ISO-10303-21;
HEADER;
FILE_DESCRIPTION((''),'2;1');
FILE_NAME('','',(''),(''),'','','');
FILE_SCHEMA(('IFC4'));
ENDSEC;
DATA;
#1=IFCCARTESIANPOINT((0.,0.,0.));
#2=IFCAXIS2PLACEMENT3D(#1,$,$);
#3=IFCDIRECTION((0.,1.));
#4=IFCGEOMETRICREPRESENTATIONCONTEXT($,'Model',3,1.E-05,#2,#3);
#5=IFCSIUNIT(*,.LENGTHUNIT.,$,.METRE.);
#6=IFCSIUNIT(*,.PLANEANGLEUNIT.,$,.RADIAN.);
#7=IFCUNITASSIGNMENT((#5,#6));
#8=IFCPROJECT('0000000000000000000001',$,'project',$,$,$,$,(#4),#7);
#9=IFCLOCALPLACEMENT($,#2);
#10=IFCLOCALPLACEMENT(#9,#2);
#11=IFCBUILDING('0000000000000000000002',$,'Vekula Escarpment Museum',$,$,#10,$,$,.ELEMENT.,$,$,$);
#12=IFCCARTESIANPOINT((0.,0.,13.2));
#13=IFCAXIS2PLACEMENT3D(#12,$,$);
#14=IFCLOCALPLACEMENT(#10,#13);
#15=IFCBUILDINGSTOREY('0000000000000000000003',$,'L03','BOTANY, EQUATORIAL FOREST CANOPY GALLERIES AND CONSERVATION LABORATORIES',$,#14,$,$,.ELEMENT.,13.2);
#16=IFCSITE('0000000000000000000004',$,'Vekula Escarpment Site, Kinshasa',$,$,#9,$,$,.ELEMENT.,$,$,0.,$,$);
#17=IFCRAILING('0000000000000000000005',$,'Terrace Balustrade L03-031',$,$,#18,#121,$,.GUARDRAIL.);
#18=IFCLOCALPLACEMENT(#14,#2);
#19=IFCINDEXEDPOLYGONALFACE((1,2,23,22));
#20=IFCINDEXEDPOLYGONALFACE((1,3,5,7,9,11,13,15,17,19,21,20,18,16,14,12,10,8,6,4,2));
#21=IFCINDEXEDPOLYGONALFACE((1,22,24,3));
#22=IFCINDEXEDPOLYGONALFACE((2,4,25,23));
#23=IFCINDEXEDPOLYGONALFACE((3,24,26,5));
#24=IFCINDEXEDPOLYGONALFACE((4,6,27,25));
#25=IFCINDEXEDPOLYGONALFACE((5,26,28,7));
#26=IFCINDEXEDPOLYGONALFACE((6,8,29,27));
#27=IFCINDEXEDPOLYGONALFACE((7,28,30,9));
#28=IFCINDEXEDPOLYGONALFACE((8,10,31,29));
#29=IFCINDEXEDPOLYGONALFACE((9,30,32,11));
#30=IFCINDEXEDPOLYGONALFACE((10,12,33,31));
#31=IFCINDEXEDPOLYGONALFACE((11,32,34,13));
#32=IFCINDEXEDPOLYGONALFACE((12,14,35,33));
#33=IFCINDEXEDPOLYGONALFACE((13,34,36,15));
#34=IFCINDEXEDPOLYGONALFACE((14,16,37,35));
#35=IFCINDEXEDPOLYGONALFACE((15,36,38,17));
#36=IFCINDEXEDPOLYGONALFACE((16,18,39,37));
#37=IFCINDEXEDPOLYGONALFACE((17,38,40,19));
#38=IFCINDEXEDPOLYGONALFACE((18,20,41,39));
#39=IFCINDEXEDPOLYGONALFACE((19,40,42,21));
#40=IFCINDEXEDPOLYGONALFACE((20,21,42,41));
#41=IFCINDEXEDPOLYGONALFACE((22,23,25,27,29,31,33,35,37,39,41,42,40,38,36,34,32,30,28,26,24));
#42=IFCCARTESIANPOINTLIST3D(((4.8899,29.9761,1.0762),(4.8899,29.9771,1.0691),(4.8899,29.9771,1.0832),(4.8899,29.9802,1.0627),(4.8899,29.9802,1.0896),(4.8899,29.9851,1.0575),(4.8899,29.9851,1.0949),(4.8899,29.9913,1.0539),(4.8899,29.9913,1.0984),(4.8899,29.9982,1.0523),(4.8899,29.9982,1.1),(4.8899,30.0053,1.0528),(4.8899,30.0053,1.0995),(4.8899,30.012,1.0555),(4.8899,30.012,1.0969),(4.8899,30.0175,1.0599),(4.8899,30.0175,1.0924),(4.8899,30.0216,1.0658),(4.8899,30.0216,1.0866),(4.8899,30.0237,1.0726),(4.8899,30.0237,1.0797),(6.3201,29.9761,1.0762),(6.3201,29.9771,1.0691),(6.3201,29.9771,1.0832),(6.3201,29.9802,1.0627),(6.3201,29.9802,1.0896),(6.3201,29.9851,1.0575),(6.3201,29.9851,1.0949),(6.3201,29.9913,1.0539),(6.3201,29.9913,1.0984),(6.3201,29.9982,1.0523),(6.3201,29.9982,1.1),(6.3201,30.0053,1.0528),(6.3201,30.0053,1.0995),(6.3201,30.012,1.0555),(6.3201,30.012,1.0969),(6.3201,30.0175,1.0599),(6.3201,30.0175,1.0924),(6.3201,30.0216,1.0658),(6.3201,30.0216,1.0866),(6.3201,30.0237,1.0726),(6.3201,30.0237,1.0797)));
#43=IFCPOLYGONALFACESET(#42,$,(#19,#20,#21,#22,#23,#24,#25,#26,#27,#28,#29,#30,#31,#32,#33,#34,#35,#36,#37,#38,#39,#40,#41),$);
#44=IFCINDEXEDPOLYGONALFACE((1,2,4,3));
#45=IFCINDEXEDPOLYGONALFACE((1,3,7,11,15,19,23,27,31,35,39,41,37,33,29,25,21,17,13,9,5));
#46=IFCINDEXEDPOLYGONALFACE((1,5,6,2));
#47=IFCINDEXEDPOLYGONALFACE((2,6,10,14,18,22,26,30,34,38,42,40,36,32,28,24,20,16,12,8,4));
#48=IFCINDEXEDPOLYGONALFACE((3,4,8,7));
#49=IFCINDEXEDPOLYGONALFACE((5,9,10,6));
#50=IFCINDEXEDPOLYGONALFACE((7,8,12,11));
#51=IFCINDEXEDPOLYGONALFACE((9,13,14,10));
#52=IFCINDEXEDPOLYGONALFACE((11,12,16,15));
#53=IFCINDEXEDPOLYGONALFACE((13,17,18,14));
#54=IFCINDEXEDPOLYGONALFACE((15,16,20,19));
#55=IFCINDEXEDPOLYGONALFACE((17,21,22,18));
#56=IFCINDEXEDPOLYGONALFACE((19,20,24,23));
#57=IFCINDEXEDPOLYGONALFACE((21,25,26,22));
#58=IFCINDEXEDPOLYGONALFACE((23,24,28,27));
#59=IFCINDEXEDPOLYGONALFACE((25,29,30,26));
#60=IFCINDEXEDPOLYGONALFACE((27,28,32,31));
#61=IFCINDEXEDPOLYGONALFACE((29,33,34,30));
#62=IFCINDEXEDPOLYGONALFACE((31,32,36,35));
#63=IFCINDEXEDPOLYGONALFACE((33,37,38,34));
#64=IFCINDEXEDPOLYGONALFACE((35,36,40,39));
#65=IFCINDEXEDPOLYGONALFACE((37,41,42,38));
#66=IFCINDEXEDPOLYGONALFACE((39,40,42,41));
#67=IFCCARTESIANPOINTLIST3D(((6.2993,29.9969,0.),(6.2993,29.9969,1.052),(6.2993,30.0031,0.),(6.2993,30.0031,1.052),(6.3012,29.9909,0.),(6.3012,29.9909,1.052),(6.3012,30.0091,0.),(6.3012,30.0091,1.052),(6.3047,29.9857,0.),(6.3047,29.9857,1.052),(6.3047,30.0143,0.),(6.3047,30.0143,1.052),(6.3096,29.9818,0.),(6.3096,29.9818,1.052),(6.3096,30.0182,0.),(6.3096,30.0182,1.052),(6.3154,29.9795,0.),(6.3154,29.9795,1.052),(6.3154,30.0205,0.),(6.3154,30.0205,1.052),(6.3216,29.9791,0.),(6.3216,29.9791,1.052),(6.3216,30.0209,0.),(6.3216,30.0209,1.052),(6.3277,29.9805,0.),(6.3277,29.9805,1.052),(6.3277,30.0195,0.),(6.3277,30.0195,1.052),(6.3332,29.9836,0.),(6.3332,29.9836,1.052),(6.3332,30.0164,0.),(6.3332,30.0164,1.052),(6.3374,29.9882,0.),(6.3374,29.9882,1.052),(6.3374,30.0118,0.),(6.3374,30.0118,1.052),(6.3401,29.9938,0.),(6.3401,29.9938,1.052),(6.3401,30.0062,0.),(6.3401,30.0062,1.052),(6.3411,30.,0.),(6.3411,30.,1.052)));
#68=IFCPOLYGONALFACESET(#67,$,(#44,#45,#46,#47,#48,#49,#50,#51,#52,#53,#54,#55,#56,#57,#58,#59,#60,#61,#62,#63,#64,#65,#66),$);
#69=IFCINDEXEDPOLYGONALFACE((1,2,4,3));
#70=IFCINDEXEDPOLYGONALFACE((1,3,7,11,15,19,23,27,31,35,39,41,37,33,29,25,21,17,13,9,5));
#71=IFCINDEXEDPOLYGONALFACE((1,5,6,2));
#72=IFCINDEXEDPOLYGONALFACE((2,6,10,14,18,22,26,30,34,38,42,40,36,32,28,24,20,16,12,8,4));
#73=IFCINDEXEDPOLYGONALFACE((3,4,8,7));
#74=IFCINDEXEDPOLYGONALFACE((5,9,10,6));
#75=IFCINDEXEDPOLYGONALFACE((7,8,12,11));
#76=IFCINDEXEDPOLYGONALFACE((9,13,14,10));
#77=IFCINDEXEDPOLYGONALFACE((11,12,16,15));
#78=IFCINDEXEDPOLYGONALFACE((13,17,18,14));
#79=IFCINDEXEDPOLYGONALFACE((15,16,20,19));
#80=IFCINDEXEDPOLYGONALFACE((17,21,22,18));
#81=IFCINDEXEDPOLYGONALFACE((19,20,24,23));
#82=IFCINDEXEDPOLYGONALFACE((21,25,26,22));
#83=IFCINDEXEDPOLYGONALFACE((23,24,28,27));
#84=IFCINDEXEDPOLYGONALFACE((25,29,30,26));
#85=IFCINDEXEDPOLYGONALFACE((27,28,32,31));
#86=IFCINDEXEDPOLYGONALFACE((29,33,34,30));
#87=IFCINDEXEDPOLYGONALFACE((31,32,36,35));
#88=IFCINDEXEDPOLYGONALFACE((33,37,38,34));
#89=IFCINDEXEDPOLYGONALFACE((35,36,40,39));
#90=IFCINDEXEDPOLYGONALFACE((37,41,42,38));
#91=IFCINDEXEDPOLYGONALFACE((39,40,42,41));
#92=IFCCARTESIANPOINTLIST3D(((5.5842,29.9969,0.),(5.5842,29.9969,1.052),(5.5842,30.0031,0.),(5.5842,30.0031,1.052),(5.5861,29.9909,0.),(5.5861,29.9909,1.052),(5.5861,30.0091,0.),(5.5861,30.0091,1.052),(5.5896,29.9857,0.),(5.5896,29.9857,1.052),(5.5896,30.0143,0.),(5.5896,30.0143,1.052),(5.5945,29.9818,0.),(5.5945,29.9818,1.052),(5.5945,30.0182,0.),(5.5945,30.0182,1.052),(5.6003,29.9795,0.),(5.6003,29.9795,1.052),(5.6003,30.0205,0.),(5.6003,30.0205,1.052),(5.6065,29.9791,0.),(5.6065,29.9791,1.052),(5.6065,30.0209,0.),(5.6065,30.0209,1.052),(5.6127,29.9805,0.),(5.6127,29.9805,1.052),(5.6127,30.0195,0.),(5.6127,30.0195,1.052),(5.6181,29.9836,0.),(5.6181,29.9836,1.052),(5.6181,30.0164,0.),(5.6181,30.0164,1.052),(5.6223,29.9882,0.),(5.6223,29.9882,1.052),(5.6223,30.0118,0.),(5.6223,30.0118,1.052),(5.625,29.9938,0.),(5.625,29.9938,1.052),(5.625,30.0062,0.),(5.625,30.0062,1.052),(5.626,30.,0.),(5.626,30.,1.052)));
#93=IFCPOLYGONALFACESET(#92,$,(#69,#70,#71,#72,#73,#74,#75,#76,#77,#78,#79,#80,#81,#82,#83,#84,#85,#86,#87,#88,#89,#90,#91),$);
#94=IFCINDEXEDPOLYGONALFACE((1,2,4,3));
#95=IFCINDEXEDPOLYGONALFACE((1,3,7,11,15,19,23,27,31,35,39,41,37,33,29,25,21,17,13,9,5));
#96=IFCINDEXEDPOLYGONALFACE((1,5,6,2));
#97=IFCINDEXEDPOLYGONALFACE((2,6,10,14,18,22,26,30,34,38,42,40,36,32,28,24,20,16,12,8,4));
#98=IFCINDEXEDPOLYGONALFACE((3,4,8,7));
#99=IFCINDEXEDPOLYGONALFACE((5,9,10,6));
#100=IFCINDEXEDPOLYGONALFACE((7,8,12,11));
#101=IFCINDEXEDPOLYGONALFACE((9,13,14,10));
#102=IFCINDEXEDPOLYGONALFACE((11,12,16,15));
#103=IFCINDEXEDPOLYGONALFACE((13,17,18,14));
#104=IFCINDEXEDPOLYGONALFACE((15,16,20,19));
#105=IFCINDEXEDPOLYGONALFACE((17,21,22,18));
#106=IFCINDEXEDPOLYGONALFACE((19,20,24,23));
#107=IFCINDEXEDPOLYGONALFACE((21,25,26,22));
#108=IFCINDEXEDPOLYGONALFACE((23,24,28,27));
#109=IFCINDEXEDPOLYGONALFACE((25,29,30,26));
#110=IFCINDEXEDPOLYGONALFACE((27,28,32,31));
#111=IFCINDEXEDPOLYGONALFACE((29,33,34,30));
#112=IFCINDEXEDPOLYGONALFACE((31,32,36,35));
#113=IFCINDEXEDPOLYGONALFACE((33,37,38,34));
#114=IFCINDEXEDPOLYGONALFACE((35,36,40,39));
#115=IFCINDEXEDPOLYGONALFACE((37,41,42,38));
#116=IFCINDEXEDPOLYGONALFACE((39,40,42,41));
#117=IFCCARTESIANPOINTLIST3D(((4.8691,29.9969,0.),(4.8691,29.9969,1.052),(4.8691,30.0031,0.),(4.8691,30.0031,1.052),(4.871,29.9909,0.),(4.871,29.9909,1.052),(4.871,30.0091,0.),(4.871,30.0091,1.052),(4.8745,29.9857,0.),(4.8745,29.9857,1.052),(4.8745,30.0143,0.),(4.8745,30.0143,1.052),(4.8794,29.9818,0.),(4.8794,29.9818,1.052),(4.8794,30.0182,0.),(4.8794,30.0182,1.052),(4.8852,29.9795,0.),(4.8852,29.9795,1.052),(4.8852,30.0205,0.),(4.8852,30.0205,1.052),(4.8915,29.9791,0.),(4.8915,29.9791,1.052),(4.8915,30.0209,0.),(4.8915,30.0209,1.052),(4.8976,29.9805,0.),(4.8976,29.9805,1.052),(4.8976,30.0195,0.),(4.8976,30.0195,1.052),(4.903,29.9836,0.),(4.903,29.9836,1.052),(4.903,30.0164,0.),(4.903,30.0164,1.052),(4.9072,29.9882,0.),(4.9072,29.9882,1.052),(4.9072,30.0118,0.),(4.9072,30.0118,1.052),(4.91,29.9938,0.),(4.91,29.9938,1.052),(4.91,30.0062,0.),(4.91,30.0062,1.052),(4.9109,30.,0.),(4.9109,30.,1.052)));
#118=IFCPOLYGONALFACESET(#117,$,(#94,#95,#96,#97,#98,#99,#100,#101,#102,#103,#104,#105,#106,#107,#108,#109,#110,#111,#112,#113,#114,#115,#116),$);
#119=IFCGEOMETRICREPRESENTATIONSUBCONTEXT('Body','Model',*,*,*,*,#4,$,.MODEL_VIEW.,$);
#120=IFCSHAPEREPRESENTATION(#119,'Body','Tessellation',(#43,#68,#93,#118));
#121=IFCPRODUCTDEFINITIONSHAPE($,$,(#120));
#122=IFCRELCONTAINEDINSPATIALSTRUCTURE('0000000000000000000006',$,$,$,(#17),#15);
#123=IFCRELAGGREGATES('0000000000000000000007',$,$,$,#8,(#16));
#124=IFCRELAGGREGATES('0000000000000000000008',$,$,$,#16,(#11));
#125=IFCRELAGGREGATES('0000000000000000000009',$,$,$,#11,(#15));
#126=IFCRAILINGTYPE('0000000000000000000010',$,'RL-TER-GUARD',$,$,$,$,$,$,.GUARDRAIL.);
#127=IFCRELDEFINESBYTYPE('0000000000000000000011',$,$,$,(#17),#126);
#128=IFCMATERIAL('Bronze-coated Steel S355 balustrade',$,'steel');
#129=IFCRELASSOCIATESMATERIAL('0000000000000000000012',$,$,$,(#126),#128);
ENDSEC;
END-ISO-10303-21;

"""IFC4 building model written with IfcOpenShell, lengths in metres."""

from ifc_helpers import new_model, si_unit, direction, frame, origin, origin_2d, place, context, subcontext, project, spatial, circle, extrude, material, type_object, element, save


model = new_model("IFC4")

# Units and contexts
model_context = context("Model", 3, precision=1e-05, world=origin(), true_north=direction((0.0, 1.0)))
body_context = subcontext(model_context, "Body", "Model", "MODEL_VIEW")
ifc_project = project(units=[si_unit("LENGTHUNIT", "METRE"), si_unit("PLANEANGLEUNIT", "RADIAN")], contexts=[model_context])

# Site, building, storey
site_placement = place(None, origin())
site = spatial("IfcSite", under=ifc_project, at=site_placement, Name="Vekula Escarpment Site, Kinshasa", CompositionType="ELEMENT", RefElevation=0.0)
building_placement = place(site_placement, origin())
building = spatial("IfcBuilding", under=site, at=building_placement, Name="Vekula Escarpment Museum", CompositionType="ELEMENT")
storey_placement = place(building_placement, frame((0.0, 0.0, 13.2)))
storey = spatial("IfcBuildingStorey", under=building, at=storey_placement, Name="L03", Description="BOTANY, EQUATORIAL FOREST CANOPY GALLERIES AND CONSERVATION LABORATORIES", CompositionType="ELEMENT", Elevation=13.2)

# Railing
ifc_material_1 = material(Name="Bronze-coated Steel S355 balustrade", Category="steel")
railing_type_1 = type_object("IfcRailingType", Name="RL-TER-GUARD", PredefinedType="GUARDRAIL", material=ifc_material_1)
railing_1_placement = place(storey_placement, frame((6.3201, 30.0, 0.0)))
element("IfcRailing", 1, at=railing_1_placement, inside=storey, type_object=railing_type_1, Name="Terrace Balustrade L03-031", PredefinedType="GUARDRAIL", context=body_context, shape_type="SweptSolid", body=[
    extrude(circle(Radius=0.0239, at=origin_2d()), frame((0.0, 0.0, 1.0762), z_axis=(-1.0, 0.0, 0.0), x_axis=(0.0, -1.0, 0.0)), (0.0, 0.0, 1.0), 1.4302),
    extrude(circle(Radius=0.021, at=origin_2d()), origin(), (0.0, 0.0, 1.0), 1.052),
    extrude(circle(Radius=0.021, at=origin_2d()), frame((-0.7151, 0.0, 0.0)), (0.0, 0.0, 1.0), 1.052),
    extrude(circle(Radius=0.021, at=origin_2d()), frame((-1.4302, 0.0, 0.0)), (0.0, 0.0, 1.0), 1.052),
])

save(model, "model.ifc")
